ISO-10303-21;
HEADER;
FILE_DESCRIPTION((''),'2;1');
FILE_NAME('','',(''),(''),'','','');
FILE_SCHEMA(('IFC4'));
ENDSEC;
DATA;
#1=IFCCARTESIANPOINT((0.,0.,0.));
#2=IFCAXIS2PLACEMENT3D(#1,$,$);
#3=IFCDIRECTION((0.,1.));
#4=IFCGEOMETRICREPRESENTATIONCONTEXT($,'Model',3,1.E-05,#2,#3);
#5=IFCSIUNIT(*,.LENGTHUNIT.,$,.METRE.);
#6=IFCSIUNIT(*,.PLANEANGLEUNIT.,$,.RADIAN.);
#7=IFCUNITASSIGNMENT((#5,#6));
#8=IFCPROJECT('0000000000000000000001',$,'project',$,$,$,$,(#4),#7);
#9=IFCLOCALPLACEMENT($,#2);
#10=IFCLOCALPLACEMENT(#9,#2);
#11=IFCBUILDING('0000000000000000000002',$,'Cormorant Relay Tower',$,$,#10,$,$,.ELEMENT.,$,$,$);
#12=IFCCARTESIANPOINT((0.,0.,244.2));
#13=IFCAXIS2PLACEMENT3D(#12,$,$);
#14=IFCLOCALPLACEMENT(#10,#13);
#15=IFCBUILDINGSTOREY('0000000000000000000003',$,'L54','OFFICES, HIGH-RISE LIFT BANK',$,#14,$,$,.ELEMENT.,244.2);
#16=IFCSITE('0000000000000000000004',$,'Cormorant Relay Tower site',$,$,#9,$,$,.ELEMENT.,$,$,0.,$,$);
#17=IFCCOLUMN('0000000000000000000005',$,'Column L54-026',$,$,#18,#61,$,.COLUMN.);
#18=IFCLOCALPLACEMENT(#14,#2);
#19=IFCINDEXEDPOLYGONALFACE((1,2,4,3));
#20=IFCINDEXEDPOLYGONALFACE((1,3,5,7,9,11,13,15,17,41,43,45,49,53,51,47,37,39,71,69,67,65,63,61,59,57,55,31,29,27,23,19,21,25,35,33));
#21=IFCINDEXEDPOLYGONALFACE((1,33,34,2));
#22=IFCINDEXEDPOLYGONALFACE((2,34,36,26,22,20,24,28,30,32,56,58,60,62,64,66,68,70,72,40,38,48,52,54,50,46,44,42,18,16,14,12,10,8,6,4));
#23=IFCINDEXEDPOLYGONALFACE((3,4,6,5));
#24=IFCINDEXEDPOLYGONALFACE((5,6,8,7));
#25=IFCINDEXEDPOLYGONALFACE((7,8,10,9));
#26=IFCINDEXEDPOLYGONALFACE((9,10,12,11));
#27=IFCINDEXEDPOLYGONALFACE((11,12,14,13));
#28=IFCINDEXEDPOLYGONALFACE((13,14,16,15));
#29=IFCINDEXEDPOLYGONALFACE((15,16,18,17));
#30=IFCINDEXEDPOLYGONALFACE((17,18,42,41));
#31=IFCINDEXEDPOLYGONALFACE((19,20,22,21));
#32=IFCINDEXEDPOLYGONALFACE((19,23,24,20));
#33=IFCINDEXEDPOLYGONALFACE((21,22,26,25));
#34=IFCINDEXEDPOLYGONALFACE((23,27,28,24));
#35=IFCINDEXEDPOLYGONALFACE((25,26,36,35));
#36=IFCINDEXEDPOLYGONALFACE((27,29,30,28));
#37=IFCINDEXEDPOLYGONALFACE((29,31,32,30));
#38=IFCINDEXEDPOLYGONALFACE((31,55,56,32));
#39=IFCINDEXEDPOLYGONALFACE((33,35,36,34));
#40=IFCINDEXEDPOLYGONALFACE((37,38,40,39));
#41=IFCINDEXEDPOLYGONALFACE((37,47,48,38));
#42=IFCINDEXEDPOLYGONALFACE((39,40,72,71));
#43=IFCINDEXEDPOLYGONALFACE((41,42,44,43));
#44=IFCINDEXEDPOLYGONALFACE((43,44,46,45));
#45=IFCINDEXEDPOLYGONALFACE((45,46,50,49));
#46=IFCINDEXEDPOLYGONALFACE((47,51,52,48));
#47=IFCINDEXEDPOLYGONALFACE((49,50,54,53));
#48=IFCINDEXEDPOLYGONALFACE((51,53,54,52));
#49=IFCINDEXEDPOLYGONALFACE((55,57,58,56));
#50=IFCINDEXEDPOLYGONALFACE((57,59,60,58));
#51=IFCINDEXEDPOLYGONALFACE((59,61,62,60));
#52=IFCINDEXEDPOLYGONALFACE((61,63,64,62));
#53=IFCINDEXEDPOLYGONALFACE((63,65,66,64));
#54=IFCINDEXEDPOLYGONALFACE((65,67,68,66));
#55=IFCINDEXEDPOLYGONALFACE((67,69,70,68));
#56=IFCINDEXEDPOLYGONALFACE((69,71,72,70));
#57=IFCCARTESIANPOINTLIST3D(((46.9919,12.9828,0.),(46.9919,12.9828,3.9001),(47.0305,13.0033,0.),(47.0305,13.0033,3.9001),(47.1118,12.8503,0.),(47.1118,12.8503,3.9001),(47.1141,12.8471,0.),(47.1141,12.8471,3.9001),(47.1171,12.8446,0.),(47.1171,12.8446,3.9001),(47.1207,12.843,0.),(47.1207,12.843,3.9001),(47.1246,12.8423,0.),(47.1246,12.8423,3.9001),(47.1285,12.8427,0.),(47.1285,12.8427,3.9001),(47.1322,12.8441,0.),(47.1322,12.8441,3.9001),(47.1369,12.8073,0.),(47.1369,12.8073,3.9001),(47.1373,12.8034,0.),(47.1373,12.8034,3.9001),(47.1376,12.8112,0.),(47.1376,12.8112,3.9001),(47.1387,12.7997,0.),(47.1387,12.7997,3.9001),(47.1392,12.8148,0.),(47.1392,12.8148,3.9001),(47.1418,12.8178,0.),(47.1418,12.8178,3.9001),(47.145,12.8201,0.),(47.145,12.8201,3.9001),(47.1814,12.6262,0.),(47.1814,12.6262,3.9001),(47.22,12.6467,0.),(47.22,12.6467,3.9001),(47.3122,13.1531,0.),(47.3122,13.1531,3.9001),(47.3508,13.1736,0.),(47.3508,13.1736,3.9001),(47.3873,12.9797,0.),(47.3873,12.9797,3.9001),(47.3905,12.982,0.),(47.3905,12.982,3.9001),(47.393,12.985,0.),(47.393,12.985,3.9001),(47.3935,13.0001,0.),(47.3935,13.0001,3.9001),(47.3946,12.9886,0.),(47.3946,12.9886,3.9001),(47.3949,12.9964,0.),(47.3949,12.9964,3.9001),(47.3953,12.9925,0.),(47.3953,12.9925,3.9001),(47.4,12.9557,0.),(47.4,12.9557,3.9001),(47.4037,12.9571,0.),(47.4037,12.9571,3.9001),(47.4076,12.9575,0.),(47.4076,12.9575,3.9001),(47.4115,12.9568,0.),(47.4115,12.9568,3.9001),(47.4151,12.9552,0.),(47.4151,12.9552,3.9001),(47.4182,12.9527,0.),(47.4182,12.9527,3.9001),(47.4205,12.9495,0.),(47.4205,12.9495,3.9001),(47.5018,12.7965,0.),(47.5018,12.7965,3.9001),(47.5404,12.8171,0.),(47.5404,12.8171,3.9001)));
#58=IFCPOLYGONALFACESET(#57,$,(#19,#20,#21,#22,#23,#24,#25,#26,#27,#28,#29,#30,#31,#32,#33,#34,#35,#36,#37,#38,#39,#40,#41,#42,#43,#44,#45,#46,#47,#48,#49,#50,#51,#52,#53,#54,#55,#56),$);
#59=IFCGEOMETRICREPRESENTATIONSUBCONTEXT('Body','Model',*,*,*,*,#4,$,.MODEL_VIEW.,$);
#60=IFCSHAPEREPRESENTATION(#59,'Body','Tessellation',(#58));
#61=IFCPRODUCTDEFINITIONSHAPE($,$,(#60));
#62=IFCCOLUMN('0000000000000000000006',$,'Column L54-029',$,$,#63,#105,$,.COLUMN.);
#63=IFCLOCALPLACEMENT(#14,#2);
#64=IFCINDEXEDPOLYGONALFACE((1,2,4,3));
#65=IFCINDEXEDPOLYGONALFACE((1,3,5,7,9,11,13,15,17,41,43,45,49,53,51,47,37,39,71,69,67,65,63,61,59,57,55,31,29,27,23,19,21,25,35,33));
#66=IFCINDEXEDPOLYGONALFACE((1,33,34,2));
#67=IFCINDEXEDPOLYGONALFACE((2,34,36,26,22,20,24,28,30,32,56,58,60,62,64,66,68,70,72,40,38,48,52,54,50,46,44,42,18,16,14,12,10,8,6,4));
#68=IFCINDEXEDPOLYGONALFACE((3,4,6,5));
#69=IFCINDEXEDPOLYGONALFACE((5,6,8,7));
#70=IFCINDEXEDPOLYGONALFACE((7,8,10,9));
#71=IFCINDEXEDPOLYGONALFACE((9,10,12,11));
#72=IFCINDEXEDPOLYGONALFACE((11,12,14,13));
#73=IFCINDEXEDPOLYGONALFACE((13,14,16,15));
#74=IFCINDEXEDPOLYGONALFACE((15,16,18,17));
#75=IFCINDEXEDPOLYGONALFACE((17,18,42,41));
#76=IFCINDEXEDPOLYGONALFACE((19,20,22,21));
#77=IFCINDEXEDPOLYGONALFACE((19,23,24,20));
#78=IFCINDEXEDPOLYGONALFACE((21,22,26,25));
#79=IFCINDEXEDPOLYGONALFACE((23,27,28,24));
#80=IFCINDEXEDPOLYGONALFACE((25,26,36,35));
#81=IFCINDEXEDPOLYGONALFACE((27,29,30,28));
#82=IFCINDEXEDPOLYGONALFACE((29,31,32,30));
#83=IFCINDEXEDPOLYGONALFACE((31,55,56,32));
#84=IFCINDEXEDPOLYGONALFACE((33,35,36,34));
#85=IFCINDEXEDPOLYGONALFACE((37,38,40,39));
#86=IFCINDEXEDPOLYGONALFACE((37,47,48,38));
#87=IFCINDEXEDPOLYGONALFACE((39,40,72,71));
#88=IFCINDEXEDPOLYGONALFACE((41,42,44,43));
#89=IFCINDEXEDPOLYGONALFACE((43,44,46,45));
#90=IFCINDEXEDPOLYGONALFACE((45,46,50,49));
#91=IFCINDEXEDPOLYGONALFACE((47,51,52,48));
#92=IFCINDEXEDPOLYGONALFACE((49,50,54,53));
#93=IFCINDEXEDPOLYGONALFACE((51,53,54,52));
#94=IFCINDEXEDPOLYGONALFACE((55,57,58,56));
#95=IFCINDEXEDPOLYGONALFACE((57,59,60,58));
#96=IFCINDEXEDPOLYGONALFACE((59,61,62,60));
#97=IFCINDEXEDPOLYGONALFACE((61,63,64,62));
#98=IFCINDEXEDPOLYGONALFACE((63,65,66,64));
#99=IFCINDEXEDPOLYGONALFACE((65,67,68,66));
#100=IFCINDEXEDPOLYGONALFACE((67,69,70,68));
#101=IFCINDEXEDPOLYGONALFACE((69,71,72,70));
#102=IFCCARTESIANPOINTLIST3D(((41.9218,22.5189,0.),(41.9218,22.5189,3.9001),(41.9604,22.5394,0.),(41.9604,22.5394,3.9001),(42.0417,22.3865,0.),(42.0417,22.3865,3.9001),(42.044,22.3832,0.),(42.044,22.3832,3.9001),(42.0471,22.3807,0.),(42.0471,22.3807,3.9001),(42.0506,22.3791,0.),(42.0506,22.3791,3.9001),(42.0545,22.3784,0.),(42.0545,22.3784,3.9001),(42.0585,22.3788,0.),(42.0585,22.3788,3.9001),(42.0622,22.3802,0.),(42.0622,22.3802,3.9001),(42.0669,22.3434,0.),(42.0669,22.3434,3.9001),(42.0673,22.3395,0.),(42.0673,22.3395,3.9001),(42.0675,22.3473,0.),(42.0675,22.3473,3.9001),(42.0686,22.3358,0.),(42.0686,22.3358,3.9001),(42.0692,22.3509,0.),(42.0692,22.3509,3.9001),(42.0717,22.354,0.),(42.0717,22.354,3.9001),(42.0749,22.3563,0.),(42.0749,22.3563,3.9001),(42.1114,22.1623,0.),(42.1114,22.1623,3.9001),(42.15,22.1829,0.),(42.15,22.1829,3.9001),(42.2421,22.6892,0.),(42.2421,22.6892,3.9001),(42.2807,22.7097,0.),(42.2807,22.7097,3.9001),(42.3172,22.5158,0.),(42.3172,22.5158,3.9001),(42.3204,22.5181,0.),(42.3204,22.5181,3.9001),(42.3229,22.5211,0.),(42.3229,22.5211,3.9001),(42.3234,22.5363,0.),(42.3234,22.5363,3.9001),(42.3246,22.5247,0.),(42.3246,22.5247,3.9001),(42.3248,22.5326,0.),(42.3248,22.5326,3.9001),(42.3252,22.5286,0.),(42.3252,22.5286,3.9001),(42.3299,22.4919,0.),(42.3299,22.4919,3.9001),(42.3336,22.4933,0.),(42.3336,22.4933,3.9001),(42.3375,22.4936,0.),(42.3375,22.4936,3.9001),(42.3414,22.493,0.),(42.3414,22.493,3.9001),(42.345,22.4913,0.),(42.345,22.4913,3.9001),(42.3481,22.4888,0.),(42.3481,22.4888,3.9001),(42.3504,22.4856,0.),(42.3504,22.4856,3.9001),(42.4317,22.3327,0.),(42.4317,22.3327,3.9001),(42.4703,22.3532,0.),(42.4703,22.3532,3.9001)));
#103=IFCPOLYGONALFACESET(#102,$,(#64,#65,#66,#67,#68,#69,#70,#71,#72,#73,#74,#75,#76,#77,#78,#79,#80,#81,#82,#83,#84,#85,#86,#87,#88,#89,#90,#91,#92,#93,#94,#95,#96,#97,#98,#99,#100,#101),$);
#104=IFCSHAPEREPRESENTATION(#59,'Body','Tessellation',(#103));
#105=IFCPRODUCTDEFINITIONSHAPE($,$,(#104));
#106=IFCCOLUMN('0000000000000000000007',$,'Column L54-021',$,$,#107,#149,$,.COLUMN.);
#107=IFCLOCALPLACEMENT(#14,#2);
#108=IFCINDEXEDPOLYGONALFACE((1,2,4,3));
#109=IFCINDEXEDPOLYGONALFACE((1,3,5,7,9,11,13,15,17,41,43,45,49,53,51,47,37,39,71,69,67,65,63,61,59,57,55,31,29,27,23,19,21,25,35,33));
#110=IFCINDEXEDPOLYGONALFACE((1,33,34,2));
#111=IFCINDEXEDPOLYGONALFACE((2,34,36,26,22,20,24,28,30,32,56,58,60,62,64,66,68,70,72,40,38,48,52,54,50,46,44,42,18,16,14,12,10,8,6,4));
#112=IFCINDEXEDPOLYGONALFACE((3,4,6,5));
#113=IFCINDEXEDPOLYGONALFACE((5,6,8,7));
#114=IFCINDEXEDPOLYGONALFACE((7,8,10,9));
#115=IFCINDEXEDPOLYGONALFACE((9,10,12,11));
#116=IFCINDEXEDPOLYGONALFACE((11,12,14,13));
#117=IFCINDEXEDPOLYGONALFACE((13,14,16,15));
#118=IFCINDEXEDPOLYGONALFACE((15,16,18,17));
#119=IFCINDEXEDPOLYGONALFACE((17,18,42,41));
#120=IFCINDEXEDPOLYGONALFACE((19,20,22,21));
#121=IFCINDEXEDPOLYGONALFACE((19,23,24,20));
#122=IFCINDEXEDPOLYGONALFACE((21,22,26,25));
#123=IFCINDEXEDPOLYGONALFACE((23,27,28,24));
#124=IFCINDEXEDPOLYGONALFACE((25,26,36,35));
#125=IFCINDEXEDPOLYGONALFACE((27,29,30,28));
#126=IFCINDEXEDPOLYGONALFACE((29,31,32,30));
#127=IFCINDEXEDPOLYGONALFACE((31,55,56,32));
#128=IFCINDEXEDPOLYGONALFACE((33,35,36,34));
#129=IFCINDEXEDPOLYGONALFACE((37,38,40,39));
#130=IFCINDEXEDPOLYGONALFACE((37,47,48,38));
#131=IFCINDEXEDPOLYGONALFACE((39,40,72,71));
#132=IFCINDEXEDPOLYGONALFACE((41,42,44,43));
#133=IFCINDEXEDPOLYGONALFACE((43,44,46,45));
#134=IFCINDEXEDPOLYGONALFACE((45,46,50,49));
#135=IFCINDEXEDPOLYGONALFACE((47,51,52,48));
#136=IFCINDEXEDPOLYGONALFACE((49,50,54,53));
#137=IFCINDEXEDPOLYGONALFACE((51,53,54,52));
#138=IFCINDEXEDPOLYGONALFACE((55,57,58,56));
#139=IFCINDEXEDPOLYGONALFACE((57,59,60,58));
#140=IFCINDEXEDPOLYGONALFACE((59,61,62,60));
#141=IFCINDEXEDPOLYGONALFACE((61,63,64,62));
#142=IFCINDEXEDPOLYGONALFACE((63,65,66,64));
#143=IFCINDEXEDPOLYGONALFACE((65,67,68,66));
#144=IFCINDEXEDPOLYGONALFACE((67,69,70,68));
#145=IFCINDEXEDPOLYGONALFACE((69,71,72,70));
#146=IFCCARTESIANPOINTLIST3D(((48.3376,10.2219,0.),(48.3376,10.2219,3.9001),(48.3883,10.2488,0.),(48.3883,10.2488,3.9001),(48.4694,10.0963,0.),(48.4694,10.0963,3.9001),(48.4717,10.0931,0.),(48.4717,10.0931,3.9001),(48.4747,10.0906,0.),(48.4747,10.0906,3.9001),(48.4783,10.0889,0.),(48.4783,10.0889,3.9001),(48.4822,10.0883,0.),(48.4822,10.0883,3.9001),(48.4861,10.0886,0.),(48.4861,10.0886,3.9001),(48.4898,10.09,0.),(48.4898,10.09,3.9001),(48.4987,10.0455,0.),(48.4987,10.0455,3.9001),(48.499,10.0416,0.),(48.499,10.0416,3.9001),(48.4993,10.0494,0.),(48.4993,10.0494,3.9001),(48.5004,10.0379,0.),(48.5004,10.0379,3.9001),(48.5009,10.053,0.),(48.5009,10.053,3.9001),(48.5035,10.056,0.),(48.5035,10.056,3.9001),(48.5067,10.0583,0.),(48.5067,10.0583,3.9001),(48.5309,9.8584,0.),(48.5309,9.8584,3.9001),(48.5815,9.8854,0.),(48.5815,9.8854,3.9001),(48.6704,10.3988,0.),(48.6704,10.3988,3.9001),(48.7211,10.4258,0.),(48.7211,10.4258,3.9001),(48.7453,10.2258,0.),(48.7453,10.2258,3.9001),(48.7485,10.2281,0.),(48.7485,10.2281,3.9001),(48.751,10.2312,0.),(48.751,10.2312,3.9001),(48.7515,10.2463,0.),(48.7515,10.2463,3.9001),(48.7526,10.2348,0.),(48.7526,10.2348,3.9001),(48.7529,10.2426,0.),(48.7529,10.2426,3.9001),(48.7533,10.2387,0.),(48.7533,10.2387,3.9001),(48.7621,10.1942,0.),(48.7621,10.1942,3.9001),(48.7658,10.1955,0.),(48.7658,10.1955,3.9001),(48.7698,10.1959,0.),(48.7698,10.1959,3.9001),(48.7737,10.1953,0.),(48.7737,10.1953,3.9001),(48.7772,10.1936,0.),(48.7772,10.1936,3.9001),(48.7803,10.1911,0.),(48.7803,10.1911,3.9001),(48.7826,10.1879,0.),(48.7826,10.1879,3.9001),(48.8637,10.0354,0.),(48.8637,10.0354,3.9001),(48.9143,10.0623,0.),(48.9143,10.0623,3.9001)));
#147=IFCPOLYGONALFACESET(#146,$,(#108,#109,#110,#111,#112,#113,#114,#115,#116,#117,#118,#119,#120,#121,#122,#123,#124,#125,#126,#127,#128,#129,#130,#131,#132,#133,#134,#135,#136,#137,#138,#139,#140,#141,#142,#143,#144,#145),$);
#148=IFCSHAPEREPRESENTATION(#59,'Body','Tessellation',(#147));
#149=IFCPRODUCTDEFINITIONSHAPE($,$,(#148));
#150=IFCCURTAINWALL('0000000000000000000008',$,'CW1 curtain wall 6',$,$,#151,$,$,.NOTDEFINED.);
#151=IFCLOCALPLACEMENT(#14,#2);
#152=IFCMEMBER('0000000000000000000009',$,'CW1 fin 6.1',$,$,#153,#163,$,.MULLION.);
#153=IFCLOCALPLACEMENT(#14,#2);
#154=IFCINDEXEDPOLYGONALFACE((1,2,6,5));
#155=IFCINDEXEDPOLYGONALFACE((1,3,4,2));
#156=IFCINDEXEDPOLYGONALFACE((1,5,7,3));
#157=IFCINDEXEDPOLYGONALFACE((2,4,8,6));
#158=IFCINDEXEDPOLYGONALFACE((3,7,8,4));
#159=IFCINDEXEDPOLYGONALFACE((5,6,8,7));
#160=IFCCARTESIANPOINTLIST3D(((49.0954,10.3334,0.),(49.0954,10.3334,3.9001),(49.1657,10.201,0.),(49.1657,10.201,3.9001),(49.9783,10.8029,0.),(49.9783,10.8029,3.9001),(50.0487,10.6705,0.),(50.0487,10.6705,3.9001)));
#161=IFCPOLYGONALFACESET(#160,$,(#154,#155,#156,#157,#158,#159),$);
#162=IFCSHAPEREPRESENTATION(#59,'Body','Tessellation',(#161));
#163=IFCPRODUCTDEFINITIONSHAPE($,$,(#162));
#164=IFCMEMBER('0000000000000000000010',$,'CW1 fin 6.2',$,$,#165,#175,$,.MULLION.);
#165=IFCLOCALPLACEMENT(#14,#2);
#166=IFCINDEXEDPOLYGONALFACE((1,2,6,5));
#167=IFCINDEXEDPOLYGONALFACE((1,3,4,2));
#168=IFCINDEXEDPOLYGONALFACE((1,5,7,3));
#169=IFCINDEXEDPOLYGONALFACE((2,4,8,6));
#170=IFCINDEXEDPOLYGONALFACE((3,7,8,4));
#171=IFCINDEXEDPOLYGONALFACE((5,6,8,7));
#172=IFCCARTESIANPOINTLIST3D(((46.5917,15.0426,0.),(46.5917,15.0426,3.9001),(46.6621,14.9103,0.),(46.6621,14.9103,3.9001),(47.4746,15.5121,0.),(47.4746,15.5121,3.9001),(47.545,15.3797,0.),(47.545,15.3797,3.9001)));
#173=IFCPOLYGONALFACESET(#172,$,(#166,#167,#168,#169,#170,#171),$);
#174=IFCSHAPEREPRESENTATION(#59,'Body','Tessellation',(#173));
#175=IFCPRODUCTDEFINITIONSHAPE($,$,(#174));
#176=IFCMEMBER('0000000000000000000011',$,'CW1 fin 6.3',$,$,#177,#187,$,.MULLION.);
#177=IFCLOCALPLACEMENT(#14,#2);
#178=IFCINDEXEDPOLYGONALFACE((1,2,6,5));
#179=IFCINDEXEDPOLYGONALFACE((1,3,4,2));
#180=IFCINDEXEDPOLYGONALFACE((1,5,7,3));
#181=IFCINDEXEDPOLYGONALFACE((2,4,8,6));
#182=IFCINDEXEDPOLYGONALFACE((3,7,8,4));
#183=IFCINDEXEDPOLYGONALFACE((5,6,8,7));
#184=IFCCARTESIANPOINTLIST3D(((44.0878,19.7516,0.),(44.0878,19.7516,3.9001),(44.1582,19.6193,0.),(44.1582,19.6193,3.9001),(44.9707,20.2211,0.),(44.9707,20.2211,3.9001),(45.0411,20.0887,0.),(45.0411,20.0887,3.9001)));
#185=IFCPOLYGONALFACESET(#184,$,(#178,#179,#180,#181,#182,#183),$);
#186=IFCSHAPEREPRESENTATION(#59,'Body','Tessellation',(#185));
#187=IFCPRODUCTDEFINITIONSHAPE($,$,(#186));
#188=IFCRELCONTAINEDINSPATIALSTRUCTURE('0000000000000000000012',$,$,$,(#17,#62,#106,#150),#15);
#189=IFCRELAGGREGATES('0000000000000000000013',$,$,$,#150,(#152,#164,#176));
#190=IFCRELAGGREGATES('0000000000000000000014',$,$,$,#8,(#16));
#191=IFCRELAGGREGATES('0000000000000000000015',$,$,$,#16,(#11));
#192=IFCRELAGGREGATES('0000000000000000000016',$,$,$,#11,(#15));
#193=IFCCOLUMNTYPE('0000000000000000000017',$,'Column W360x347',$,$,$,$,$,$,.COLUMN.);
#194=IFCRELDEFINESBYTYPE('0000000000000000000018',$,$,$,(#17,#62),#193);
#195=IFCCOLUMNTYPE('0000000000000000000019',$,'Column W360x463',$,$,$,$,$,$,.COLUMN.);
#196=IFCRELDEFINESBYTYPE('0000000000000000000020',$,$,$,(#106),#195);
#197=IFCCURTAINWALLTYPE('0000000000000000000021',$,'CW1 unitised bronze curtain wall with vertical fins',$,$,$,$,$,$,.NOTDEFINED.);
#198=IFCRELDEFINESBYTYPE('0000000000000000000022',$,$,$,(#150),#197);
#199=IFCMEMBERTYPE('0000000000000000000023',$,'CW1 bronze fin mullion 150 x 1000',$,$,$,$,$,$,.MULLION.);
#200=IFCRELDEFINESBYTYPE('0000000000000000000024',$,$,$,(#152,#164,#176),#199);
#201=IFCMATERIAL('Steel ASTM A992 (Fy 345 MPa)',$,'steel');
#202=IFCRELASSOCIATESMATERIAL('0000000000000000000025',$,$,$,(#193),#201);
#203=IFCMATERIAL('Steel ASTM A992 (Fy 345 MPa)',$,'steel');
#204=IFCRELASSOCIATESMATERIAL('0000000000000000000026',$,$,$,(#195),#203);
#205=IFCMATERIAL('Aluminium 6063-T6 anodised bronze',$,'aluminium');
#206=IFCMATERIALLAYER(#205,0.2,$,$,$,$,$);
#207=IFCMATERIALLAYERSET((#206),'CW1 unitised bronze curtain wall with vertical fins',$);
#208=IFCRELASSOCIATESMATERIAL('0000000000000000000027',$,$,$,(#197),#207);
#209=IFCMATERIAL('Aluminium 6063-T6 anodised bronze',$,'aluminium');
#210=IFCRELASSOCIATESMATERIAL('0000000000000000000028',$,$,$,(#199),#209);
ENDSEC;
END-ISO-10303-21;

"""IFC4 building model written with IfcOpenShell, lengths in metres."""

from ifc_helpers import new_model, si_unit, direction, frame, origin, origin_2d, place, context, subcontext, project, spatial, rectangle, i_section, extrude, material, layer, layer_set, material_profile, profile_set, type_object, element, aggregate, save


model = new_model("IFC4")

# Units and contexts
model_context = context("Model", 3, precision=1e-05, world=origin(), true_north=direction((0.0, 1.0)))
body_context = subcontext(model_context, "Body", "Model", "MODEL_VIEW")
ifc_project = project(units=[si_unit("LENGTHUNIT", "METRE"), si_unit("PLANEANGLEUNIT", "RADIAN")], contexts=[model_context])

# Site, building, storey
site_placement = place(None, origin())
site = spatial("IfcSite", under=ifc_project, at=site_placement, Name="Cormorant Relay Tower site", CompositionType="ELEMENT", RefElevation=0.0)
building_placement = place(site_placement, origin())
building = spatial("IfcBuilding", under=site, at=building_placement, Name="Cormorant Relay Tower", CompositionType="ELEMENT")
storey_placement = place(building_placement, frame((0.0, 0.0, 244.2)))
storey = spatial("IfcBuildingStorey", under=building, at=storey_placement, Name="L54", Description="OFFICES, HIGH-RISE LIFT BANK", CompositionType="ELEMENT", Elevation=244.2)

# Columns
ifc_material_1 = material(Name="Steel ASTM A992 (Fy 345 MPa)", Category="steel")
ifc_material_profile_1 = material_profile(ifc_material_1, i_section(OverallWidth=0.4038, OverallDepth=0.4065, WebThickness=0.0271, FlangeThickness=0.0437, FilletRadius=0.0151, at=origin_2d()), Name="W360x347")
ifc_profile_set_1 = profile_set([ifc_material_profile_1], Name="Steel ASTM A992 (Fy 345 MPa)")
column_type_1 = type_object("IfcColumnType", Name="Column W360x347", PredefinedType="COLUMN", material=ifc_profile_set_1)
for number, where, z_axis, x_axis, name in (
    (1, (47.2661, 12.8999, 0.0), (0.0, 0.0, 1.0), (-0.469472, 0.882948, 0.0), "Column L54-026"),
    (2, (42.196, 22.436, 0.0), (0.0, 0.0, 1.0), (-0.469472, 0.882948, 0.0), "Column L54-029"),
):
    element("IfcColumn", number, at=place(storey_placement, frame(where, z_axis=z_axis, x_axis=x_axis)), inside=storey, type_object=column_type_1, Name=name, PredefinedType="COLUMN", context=body_context, shape_type="SweptSolid", body=[
        extrude(i_section(OverallWidth=0.4038, OverallDepth=0.4065, WebThickness=0.0271, FlangeThickness=0.0437, FilletRadius=0.0151, at=origin_2d()), origin(), (0.0, 0.0, 1.0), 3.9001),
    ])
ifc_material_2 = material(Name="Steel ASTM A992 (Fy 345 MPa)", Category="steel")
ifc_material_profile_2 = material_profile(ifc_material_2, i_section(OverallWidth=0.4116, OverallDepth=0.4343, WebThickness=0.0359, FlangeThickness=0.0574, FilletRadius=0.0151, at=origin_2d()), Name="W360x463")
ifc_profile_set_2 = profile_set([ifc_material_profile_2], Name="Steel ASTM A992 (Fy 345 MPa)")
column_type_2 = type_object("IfcColumnType", Name="Column W360x463", PredefinedType="COLUMN", material=ifc_profile_set_2)
column_placement = place(storey_placement, frame((48.626, 10.1421, 0.0), z_axis=(0.0, 0.0, 1.0), x_axis=(-0.469472, 0.882948, 0.0)))
element("IfcColumn", 3, at=column_placement, inside=storey, type_object=column_type_2, Name="Column L54-021", PredefinedType="COLUMN", context=body_context, shape_type="SweptSolid", body=[
    extrude(i_section(OverallWidth=0.4116, OverallDepth=0.4343, WebThickness=0.0359, FlangeThickness=0.0574, FilletRadius=0.0151, at=origin_2d()), origin(), (0.0, 0.0, 1.0), 3.9001),
])

# Curtain wall, members
ifc_material_3 = material(Name="Aluminium 6063-T6 anodised bronze", Category="aluminium")
ifc_layer_1 = layer(ifc_material_3, 0.2)
ifc_layer_set_1 = layer_set([ifc_layer_1], Name="CW1 unitised bronze curtain wall with vertical fins")
curtain_wall_type = type_object("IfcCurtainWallType", Name="CW1 unitised bronze curtain wall with vertical fins", PredefinedType="NOTDEFINED", material=ifc_layer_set_1)
curtain_wall_1_placement = place(storey_placement, origin())
curtain_wall_1 = element("IfcCurtainWall", 4, at=curtain_wall_1_placement, inside=storey, type_object=curtain_wall_type, Name="CW1 curtain wall 6", PredefinedType="NOTDEFINED")
ifc_material_4 = material(Name="Aluminium 6063-T6 anodised bronze", Category="aluminium")
ifc_material_profile_3 = material_profile(ifc_material_4, rectangle(XDim=0.1499, YDim=1.0, at=origin_2d()), Name="AL 150x1000")
ifc_profile_set_3 = profile_set([ifc_material_profile_3], Name="Aluminium 6063-T6 anodised bronze")
member_type_1 = type_object("IfcMemberType", Name="CW1 bronze fin mullion 150 x 1000", PredefinedType="MULLION", material=ifc_profile_set_3)
member_1_placement = place(storey_placement, frame((49.572, 10.502, 0.0), z_axis=(0.0, 0.0, 1.0), x_axis=(-0.469472, 0.882948, 0.0)))
member_1 = element("IfcMember", 5, at=member_1_placement, type_object=member_type_1, Name="CW1 fin 6.1", PredefinedType="MULLION", context=body_context, shape_type="SweptSolid", body=[
    extrude(rectangle(XDim=0.1499, YDim=1.0, at=origin_2d()), origin(), (0.0, 0.0, 1.0), 3.9001),
])
member_2_placement = place(storey_placement, frame((47.0684, 15.2112, 0.0), z_axis=(0.0, 0.0, 1.0), x_axis=(-0.469472, 0.882948, 0.0)))
member_2 = element("IfcMember", 6, at=member_2_placement, type_object=member_type_1, Name="CW1 fin 6.2", PredefinedType="MULLION", context=body_context, shape_type="SweptSolid", body=[
    extrude(rectangle(XDim=0.1499, YDim=1.0, at=origin_2d()), origin(), (0.0, 0.0, 1.0), 3.9001),
])
member_3_placement = place(storey_placement, frame((44.5645, 19.9202, 0.0), z_axis=(0.0, 0.0, 1.0), x_axis=(-0.469472, 0.882948, 0.0)))
member_3 = element("IfcMember", 7, at=member_3_placement, type_object=member_type_1, Name="CW1 fin 6.3", PredefinedType="MULLION", context=body_context, shape_type="SweptSolid", body=[
    extrude(rectangle(XDim=0.1499, YDim=1.0, at=origin_2d()), origin(), (0.0, 0.0, 1.0), 3.9001),
])

aggregate(curtain_wall_1, [member_1, member_2, member_3])

save(model, "model.ifc")
